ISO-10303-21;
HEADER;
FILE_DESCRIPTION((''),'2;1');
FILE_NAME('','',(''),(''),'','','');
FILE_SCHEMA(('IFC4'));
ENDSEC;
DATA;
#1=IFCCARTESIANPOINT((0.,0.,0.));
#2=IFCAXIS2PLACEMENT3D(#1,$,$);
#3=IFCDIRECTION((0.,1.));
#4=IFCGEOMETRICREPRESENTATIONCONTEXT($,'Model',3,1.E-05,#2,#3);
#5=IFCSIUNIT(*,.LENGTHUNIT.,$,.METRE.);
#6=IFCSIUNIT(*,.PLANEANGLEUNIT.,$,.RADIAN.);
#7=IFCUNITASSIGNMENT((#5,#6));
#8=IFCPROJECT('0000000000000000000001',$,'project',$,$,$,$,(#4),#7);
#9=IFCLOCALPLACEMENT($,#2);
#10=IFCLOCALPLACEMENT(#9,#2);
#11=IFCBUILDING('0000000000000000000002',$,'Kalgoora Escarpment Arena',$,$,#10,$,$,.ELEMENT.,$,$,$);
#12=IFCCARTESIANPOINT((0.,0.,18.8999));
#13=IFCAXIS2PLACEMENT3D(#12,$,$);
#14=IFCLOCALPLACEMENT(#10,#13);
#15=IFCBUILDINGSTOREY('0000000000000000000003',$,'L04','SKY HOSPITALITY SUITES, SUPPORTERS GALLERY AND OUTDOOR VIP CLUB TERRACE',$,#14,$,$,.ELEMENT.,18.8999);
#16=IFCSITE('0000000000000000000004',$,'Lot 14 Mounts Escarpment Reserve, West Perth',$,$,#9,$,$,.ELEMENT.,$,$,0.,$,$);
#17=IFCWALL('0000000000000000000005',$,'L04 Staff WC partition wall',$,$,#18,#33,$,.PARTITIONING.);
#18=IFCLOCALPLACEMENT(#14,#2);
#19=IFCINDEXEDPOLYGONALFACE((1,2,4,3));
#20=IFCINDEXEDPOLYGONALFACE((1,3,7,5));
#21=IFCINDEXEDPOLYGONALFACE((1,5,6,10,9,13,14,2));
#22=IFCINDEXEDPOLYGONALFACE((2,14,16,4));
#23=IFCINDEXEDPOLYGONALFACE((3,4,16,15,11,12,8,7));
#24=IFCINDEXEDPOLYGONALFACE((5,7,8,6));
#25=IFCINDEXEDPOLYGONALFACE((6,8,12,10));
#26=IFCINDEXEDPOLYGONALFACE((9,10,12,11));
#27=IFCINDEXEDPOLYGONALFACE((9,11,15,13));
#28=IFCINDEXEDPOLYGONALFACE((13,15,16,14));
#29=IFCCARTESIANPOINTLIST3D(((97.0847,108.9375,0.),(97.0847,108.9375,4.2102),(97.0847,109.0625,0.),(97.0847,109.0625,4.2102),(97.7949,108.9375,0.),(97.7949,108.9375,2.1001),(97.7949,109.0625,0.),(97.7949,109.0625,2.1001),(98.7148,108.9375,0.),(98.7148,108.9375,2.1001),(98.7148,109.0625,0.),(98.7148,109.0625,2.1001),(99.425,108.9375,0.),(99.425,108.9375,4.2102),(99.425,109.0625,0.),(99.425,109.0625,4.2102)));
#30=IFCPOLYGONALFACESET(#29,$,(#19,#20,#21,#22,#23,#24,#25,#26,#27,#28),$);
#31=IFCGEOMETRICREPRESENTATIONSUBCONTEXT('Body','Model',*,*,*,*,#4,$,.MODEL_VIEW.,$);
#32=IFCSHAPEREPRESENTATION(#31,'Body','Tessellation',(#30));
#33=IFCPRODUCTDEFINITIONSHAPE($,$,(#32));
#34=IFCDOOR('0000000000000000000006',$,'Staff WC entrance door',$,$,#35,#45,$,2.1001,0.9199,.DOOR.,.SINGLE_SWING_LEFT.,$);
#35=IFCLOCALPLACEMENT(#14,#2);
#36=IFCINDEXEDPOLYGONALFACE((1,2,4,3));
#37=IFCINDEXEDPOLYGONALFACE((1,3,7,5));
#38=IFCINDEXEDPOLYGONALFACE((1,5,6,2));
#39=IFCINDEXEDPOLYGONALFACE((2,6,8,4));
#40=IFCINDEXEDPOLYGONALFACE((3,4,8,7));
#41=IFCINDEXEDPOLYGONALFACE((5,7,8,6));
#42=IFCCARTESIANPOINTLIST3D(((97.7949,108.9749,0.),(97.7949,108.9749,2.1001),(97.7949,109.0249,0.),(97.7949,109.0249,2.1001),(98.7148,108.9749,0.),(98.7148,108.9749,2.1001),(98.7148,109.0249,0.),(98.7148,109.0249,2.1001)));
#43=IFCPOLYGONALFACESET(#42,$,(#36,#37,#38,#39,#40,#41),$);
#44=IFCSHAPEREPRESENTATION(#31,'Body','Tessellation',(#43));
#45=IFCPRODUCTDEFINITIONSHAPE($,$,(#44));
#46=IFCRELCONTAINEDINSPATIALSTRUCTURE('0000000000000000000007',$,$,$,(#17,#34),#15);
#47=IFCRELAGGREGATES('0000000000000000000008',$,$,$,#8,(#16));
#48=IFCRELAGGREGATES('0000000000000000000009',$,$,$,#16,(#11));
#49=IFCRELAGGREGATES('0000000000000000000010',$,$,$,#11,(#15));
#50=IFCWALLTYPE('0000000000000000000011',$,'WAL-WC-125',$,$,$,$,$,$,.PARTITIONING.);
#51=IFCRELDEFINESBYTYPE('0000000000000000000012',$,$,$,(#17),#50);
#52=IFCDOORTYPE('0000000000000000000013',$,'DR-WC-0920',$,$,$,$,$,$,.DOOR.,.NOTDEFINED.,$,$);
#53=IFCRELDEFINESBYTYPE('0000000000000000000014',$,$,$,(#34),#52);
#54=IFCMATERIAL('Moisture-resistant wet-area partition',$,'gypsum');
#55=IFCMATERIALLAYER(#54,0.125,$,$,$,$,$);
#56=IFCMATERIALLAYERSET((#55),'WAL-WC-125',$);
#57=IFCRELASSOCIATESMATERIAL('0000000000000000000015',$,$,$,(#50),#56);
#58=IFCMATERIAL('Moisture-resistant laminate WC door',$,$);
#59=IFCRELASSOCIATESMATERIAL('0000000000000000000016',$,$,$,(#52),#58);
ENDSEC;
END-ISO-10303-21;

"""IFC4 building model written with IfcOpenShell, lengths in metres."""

from ifc_helpers import new_model, si_unit, direction, frame, frame_2d, origin, place, context, subcontext, project, spatial, rectangle, extrude, material, layer, layer_set, type_object, element, fill, save


model = new_model("IFC4")

# Units and contexts
model_context = context("Model", 3, precision=1e-05, world=origin(), true_north=direction((0.0, 1.0)))
body_context = subcontext(model_context, "Body", "Model", "MODEL_VIEW")
ifc_project = project(units=[si_unit("LENGTHUNIT", "METRE"), si_unit("PLANEANGLEUNIT", "RADIAN")], contexts=[model_context])

# Site, building, storey
site_placement = place(None, origin())
site = spatial("IfcSite", under=ifc_project, at=site_placement, Name="Lot 14 Mounts Escarpment Reserve, West Perth", CompositionType="ELEMENT", RefElevation=0.0)
building_placement = place(site_placement, origin())
building = spatial("IfcBuilding", under=site, at=building_placement, Name="Kalgoora Escarpment Arena", CompositionType="ELEMENT")
storey_placement = place(building_placement, frame((0.0, 0.0, 18.8999)))
storey = spatial("IfcBuildingStorey", under=building, at=storey_placement, Name="L04", Description="SKY HOSPITALITY SUITES, SUPPORTERS GALLERY AND OUTDOOR VIP CLUB TERRACE", CompositionType="ELEMENT", Elevation=18.8999)

# Wall, opening, door
ifc_material_1 = material(Name="Moisture-resistant wet-area partition", Category="gypsum")
ifc_layer_1 = layer(ifc_material_1, 0.125)
ifc_layer_set_1 = layer_set([ifc_layer_1], Name="WAL-WC-125")
wall_type_1 = type_object("IfcWallType", Name="WAL-WC-125", PredefinedType="PARTITIONING", material=ifc_layer_set_1)
ifc_material_2 = material(Name="Moisture-resistant laminate WC door")
door_type_1 = type_object("IfcDoorType", Name="DR-WC-0920", OperationType="NOTDEFINED", PredefinedType="DOOR", material=ifc_material_2)
wall_1_placement = place(storey_placement, frame((97.0847, 109.0, 0.0), z_axis=(0.0, 0.0, 1.0), x_axis=(1.0, 0.0, 0.0)))
wall_1 = element("IfcWall", 1, at=wall_1_placement, inside=storey, type_object=wall_type_1, Name="L04 Staff WC partition wall", PredefinedType="PARTITIONING", context=body_context, shape_type="SweptSolid", body=[
    extrude(rectangle(XDim=2.3403, YDim=0.125, at=frame_2d((1.1702, 0.0))), origin(), (0.0, 0.0, 1.0), 4.2102),
])
opening_1_placement = place(wall_1_placement, frame((0.7102, 0.0, 0.0)))
opening_1 = element("IfcOpeningElement", 2, at=opening_1_placement, cuts=wall_1, PredefinedType="OPENING", context=body_context, shape_type="SweptSolid", body=[
    extrude(rectangle(XDim=0.9199, YDim=2.1001, at=frame_2d((0.46, 1.05))), frame((0.0, 0.0725, 0.0), z_axis=(0.0, -1.0, 0.0), x_axis=(1.0, 0.0, 0.0)), (0.0, 0.0, 1.0), 0.145),
])
door_1_placement = place(opening_1_placement, origin())
door_1 = element("IfcDoor", 3, at=door_1_placement, inside=storey, type_object=door_type_1, Name="Staff WC entrance door", OperationType="SINGLE_SWING_LEFT", OverallHeight=2.1001, OverallWidth=0.9199, PredefinedType="DOOR", context=body_context, shape_type="SweptSolid", body=[
    extrude(rectangle(XDim=0.9199, YDim=2.1001, at=frame_2d((0.46, 1.05))), frame((0.0, 0.0249, 0.0), z_axis=(0.0, -1.0, 0.0), x_axis=(1.0, 0.0, 0.0)), (0.0, 0.0, 1.0), 0.05),
])
fill(opening_1, door_1)

save(model, "model.ifc")
